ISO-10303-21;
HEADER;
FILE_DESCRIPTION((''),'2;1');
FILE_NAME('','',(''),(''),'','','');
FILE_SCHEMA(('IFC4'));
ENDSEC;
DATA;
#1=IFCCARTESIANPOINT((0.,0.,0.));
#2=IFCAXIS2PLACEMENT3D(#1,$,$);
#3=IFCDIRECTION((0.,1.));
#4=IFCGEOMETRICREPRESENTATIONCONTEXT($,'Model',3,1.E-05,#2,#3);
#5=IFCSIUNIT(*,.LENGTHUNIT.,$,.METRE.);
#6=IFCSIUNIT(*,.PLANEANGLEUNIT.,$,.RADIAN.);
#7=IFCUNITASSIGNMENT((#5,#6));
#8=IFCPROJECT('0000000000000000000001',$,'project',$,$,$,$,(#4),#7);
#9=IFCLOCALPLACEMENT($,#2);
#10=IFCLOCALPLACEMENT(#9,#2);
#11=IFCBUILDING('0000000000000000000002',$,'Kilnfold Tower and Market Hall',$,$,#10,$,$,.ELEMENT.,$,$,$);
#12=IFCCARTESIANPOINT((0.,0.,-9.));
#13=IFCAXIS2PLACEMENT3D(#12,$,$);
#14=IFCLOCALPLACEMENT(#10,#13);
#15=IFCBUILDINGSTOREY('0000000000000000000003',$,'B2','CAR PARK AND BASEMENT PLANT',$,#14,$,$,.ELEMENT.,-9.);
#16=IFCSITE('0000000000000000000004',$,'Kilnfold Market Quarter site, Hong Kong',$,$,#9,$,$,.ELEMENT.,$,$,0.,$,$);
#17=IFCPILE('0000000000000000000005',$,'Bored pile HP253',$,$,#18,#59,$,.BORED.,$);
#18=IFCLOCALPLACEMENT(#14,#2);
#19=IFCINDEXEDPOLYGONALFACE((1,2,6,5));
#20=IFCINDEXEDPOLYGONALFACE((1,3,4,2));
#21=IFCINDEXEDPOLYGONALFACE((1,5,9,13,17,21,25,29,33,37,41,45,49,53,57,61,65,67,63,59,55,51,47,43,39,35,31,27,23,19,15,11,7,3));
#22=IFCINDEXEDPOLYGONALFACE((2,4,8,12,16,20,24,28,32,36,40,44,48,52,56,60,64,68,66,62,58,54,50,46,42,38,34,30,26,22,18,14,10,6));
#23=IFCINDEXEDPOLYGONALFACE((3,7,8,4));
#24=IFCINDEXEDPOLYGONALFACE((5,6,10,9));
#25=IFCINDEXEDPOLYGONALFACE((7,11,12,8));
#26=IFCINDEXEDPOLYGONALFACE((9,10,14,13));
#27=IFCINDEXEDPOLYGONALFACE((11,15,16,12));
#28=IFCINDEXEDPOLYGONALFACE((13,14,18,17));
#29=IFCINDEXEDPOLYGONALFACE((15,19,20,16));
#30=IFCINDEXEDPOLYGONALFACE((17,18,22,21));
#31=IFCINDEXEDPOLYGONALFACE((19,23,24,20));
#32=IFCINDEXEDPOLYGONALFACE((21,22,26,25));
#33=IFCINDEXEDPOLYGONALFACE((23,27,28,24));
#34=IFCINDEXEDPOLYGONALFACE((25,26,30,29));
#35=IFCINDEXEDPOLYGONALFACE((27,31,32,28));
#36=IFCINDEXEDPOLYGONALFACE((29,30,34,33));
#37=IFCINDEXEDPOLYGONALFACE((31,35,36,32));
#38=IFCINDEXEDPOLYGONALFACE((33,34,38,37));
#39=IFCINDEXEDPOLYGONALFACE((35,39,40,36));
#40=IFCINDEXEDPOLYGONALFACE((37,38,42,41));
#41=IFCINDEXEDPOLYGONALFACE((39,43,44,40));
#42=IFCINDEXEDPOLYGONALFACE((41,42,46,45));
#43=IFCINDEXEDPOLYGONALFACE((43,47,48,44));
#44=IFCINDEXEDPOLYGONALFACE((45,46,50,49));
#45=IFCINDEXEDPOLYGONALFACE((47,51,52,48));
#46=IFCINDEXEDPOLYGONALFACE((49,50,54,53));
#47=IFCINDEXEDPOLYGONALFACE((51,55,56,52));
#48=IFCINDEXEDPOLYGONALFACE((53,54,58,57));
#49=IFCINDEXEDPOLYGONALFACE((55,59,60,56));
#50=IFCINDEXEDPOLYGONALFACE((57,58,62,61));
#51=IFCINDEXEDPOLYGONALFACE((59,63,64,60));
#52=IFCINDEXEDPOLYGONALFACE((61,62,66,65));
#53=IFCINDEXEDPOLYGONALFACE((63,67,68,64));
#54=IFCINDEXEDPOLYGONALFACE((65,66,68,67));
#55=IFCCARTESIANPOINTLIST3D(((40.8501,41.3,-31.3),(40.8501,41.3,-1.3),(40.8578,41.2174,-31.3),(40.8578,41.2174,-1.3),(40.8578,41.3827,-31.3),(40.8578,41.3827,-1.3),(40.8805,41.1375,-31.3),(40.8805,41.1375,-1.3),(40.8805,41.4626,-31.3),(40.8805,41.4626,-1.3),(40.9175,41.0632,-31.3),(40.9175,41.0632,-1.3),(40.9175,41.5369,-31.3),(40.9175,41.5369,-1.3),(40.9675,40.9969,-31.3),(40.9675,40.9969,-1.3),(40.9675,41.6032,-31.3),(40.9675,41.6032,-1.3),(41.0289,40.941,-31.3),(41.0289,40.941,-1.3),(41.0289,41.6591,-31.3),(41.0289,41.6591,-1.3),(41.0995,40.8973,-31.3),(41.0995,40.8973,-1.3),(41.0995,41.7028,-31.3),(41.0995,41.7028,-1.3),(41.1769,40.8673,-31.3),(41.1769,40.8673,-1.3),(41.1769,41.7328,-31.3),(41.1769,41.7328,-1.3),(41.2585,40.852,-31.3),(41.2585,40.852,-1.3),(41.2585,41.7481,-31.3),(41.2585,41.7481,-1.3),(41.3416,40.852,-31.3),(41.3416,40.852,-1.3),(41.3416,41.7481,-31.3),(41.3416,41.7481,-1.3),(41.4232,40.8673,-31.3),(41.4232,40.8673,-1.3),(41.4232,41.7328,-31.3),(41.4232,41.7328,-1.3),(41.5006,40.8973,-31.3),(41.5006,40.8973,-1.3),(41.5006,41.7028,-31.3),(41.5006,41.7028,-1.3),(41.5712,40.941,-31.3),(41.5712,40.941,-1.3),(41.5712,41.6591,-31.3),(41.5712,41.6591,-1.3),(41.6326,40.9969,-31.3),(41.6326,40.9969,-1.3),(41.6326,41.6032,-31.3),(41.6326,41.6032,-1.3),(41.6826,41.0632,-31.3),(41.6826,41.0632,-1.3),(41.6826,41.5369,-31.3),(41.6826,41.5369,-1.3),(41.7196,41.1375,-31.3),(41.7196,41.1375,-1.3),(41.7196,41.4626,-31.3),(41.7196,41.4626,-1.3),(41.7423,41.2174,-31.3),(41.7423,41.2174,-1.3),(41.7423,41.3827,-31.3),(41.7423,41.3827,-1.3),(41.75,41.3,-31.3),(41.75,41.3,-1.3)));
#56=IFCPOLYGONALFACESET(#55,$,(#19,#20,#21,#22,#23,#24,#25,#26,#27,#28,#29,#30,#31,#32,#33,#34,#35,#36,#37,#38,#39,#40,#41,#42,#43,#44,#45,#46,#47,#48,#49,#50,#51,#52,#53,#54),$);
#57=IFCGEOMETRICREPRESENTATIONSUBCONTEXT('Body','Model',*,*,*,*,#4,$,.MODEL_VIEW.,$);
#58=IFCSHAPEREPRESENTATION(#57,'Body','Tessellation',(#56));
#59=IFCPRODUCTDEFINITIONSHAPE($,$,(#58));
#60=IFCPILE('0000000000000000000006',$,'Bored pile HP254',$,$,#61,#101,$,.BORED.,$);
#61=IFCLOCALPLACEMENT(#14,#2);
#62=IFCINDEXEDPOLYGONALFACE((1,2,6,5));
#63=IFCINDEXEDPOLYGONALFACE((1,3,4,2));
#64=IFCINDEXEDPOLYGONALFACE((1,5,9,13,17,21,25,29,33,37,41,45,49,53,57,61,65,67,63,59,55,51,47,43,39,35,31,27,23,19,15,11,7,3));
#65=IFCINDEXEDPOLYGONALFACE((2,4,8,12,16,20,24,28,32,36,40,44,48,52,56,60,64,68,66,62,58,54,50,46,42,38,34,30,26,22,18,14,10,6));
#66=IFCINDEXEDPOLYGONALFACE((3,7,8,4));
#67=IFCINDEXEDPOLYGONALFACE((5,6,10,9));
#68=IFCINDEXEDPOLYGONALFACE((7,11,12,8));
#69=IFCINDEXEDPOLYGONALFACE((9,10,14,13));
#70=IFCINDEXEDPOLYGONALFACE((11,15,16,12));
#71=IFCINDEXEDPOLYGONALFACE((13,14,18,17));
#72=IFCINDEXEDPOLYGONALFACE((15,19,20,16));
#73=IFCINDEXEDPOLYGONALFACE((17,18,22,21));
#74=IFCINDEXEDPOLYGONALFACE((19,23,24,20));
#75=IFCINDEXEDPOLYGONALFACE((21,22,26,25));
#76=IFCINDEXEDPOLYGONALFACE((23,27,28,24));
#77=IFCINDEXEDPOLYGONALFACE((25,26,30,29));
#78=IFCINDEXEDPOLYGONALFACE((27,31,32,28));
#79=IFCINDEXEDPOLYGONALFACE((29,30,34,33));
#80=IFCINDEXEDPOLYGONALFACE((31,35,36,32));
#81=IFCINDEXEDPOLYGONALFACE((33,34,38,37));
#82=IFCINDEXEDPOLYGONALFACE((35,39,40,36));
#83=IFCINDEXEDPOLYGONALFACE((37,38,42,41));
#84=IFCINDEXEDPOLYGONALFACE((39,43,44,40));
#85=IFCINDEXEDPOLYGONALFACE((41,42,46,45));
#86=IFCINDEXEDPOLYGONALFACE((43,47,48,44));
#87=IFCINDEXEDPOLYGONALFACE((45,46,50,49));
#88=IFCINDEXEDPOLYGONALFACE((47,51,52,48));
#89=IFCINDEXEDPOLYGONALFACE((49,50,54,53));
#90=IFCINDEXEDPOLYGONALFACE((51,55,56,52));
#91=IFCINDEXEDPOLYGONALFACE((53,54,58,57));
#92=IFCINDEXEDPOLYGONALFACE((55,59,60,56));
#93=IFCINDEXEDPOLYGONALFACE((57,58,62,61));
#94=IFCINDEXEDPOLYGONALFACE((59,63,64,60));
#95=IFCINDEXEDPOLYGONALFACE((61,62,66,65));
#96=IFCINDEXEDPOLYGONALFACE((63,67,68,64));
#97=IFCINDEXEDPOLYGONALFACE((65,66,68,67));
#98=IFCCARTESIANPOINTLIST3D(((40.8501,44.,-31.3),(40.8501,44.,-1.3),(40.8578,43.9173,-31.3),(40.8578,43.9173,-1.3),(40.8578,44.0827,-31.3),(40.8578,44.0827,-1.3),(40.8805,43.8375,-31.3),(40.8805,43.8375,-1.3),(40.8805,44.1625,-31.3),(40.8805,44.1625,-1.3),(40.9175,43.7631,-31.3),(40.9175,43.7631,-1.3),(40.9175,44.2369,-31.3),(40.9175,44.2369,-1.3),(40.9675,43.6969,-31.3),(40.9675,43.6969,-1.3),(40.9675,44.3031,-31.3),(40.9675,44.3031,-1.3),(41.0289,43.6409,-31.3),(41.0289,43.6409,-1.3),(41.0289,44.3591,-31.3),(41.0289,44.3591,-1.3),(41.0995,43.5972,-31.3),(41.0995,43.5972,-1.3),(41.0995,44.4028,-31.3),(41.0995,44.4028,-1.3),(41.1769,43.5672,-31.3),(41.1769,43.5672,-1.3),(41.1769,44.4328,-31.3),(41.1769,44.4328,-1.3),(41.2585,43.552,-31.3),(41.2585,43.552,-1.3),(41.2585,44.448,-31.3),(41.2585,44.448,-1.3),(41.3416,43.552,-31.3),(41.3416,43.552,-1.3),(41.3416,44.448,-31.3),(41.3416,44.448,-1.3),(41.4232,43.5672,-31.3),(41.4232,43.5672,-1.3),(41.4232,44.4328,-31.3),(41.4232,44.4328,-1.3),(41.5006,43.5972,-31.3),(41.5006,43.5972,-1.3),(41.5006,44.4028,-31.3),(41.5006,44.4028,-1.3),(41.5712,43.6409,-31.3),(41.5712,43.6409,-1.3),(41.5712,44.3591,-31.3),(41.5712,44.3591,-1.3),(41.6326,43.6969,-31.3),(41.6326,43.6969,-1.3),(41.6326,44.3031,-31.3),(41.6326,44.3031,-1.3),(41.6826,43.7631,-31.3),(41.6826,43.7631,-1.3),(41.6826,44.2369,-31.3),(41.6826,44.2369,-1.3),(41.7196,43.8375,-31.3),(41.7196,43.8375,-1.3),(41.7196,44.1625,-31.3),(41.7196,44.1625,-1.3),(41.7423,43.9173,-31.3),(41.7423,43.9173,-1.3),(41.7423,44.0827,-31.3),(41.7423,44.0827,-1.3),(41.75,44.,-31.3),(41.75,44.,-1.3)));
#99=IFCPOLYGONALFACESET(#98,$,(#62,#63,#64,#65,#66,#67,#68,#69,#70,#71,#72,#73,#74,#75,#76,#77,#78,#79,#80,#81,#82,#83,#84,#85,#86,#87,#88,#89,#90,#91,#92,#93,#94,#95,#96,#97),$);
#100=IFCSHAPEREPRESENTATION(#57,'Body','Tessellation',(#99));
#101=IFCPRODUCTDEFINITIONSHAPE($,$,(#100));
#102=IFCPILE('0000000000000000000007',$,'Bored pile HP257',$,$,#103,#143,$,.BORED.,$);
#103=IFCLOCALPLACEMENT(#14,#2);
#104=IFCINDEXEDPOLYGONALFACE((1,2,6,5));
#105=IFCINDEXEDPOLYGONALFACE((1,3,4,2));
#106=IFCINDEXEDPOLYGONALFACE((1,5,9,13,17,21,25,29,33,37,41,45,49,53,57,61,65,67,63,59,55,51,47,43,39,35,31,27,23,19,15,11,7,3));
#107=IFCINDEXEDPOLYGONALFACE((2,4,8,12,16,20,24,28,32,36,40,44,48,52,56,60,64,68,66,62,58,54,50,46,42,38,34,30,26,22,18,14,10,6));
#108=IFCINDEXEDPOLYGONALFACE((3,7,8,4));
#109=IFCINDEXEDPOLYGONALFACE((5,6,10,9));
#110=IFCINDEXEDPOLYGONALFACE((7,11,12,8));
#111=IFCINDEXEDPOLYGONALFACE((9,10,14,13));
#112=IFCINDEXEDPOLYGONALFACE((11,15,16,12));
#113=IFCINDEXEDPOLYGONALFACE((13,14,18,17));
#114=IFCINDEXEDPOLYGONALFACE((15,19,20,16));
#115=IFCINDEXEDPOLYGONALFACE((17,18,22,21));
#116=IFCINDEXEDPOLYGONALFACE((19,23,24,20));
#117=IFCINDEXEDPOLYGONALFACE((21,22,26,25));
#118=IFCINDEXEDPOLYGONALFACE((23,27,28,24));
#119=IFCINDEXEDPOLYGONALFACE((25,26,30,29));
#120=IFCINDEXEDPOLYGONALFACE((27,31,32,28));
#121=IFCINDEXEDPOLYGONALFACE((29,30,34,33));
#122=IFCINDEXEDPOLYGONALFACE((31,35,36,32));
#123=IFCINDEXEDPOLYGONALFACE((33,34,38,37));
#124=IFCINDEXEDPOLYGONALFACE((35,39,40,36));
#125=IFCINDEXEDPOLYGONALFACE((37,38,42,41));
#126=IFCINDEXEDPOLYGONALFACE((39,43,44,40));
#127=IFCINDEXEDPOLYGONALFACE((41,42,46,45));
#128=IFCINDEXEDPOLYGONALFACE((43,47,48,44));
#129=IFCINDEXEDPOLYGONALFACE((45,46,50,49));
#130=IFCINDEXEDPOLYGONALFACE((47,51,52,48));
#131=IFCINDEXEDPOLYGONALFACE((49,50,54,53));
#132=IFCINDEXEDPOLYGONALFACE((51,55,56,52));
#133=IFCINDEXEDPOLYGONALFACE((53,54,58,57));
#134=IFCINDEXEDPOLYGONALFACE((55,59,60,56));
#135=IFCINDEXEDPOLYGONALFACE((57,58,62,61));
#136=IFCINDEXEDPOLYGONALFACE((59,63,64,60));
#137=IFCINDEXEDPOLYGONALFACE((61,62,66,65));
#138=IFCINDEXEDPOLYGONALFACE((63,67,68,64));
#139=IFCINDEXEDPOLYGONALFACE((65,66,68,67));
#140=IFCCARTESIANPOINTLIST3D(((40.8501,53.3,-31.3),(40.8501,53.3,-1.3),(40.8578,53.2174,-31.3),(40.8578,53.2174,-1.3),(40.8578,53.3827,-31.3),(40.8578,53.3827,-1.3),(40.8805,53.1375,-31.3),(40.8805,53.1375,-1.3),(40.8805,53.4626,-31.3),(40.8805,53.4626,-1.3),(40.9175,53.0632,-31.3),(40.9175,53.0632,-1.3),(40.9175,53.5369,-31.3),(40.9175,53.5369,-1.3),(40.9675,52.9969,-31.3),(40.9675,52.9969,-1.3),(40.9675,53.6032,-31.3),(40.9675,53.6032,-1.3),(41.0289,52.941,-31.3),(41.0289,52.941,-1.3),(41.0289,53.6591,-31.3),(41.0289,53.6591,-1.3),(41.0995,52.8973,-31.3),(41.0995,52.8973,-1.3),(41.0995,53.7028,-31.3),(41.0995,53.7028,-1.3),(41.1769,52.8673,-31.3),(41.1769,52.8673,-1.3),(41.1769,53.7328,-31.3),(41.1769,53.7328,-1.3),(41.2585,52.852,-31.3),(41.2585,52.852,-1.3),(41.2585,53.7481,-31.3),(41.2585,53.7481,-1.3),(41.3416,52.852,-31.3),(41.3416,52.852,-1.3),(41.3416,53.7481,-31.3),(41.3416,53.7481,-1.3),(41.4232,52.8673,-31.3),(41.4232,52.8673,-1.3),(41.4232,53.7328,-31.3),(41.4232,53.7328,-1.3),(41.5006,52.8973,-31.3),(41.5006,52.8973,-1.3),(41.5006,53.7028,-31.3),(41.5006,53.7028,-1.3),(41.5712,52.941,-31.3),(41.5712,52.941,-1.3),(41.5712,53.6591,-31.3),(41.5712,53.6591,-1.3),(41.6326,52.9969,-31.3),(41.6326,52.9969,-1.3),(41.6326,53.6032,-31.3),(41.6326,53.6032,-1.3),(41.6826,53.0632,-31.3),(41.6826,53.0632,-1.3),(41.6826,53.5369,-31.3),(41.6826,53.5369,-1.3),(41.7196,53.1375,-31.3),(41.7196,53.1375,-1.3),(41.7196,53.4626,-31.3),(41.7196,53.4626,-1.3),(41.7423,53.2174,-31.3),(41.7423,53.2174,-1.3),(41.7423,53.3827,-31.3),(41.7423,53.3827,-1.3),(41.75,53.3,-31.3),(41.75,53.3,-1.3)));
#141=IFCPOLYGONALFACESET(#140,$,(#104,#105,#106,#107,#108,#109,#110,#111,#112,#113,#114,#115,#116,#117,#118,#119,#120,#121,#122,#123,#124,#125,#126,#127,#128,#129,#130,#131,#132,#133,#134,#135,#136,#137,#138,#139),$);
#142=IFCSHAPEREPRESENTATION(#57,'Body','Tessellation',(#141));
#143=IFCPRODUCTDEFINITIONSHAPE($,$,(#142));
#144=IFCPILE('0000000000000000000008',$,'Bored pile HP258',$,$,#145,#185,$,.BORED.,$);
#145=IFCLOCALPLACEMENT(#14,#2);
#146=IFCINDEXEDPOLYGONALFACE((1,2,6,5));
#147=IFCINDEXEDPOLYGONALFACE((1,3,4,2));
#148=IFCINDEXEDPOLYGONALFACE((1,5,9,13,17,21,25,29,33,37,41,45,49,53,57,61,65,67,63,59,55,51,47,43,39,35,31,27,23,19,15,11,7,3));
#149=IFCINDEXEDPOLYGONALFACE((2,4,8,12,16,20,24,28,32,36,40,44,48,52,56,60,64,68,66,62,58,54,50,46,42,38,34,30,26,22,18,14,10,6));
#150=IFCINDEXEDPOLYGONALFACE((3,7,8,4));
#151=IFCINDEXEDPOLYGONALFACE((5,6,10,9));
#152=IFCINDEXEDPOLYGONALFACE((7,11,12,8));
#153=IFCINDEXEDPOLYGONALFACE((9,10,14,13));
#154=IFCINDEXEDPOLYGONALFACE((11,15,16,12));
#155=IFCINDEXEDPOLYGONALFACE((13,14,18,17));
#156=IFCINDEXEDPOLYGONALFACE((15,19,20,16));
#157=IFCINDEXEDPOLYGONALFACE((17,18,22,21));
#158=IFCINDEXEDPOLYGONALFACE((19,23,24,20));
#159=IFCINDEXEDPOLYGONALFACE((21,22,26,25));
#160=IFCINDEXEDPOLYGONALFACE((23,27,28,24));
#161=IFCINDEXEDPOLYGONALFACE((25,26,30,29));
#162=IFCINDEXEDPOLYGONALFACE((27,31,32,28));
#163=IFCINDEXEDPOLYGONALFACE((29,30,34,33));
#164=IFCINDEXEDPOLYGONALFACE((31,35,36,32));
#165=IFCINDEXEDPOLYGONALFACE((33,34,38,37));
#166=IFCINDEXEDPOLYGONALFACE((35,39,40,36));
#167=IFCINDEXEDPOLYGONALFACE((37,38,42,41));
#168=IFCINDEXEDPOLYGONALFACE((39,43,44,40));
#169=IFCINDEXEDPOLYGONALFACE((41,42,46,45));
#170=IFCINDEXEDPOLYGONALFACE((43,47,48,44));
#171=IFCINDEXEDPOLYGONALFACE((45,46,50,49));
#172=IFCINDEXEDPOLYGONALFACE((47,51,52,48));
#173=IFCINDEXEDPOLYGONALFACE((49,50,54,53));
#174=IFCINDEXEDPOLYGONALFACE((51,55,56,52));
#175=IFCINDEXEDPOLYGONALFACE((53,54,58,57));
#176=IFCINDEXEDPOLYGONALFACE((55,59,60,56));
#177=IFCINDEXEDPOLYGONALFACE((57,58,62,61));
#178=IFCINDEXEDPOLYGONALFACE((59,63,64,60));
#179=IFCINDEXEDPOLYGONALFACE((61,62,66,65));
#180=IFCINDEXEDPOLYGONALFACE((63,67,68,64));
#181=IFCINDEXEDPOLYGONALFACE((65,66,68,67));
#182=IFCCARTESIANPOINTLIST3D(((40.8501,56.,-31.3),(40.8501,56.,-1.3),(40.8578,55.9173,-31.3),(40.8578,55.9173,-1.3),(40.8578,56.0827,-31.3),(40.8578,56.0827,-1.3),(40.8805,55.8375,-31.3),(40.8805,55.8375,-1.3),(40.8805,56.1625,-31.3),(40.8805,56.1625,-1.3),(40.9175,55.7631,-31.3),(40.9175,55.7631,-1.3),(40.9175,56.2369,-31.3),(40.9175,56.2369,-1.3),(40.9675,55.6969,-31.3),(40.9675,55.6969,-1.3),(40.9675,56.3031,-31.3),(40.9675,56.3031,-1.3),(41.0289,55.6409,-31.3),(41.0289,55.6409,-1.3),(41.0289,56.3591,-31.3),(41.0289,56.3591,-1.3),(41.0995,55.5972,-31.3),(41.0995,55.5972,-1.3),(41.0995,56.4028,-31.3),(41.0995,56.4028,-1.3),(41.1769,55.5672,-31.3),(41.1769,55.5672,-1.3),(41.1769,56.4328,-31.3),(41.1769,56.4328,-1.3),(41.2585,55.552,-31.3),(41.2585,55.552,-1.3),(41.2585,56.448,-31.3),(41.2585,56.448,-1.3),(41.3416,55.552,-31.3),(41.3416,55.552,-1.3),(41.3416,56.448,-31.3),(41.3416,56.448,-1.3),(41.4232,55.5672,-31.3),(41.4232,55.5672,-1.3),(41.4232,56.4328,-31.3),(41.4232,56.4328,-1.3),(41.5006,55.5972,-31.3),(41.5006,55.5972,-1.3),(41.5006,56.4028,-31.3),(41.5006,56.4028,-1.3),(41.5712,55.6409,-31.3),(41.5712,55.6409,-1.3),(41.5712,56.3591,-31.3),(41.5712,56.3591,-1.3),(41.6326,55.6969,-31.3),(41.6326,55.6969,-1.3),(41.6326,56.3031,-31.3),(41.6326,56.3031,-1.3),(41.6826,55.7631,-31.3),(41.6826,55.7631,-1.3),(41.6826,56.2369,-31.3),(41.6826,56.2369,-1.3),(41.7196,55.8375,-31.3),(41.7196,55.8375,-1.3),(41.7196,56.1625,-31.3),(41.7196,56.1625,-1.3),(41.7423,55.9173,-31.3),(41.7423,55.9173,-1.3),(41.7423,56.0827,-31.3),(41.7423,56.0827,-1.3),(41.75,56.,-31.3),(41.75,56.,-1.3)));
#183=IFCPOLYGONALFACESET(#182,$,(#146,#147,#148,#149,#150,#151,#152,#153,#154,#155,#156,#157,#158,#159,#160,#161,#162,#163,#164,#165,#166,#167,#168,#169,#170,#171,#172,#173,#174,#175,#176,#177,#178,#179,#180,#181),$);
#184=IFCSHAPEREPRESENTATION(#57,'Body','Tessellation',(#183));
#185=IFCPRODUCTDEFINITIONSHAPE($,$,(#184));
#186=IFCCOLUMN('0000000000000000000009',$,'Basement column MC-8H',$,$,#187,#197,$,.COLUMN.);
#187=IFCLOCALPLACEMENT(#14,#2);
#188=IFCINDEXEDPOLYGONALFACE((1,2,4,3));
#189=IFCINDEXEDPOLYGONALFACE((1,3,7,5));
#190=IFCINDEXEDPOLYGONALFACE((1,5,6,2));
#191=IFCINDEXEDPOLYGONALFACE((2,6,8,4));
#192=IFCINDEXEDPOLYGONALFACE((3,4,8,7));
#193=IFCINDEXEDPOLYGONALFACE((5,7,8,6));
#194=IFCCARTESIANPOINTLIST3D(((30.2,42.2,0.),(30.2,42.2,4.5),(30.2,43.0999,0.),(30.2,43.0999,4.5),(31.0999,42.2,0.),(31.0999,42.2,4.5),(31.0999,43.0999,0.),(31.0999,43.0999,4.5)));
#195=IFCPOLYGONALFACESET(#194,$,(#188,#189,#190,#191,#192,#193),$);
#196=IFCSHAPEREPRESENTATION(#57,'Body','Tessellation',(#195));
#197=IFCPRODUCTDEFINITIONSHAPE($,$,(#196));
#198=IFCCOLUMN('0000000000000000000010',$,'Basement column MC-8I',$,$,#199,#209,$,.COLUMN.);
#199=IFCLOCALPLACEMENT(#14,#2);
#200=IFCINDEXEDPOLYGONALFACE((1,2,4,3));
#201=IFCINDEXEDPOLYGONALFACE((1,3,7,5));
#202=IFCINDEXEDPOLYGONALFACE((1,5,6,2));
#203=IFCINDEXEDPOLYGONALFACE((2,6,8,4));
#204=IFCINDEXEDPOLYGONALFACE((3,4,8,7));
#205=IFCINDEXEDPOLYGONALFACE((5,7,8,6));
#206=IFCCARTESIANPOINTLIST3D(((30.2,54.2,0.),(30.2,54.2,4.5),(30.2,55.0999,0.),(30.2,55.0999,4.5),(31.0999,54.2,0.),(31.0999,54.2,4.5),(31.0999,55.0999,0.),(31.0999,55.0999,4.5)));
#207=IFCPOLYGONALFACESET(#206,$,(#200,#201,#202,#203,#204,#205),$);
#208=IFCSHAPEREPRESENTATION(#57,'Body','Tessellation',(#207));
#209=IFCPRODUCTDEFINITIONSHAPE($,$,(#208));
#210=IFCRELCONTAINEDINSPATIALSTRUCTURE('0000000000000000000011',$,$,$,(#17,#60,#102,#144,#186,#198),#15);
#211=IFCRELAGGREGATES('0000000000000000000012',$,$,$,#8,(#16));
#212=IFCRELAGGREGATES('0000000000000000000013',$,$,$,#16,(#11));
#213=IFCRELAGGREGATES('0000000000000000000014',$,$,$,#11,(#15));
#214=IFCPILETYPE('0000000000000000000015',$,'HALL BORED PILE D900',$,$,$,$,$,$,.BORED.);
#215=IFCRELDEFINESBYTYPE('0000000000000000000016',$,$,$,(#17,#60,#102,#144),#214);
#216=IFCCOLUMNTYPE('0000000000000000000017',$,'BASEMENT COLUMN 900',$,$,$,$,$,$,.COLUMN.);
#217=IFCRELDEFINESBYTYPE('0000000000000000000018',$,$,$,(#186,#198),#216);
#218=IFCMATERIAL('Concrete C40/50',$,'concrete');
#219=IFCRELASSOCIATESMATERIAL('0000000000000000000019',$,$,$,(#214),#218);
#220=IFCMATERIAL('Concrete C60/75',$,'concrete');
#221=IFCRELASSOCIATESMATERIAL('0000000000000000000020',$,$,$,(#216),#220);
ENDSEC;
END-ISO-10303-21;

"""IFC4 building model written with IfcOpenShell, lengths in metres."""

from ifc_helpers import new_model, si_unit, direction, frame, origin, origin_2d, place, context, subcontext, project, spatial, rectangle, circle, extrude, source, transform, mapped, material, material_profile, profile_set, type_object, element, save


model = new_model("IFC4")

# Units and contexts
model_context = context("Model", 3, precision=1e-05, world=origin(), true_north=direction((0.0, 1.0)))
body_context = subcontext(model_context, "Body", "Model", "MODEL_VIEW")
ifc_project = project(units=[si_unit("LENGTHUNIT", "METRE"), si_unit("PLANEANGLEUNIT", "RADIAN")], contexts=[model_context])

# Site, building, storey
site_placement = place(None, origin())
site = spatial("IfcSite", under=ifc_project, at=site_placement, Name="Kilnfold Market Quarter site, Hong Kong", CompositionType="ELEMENT", RefElevation=0.0)
building_placement = place(site_placement, origin())
building = spatial("IfcBuilding", under=site, at=building_placement, Name="Kilnfold Tower and Market Hall", CompositionType="ELEMENT")
storey_placement = place(building_placement, frame((0.0, 0.0, -9.0)))
storey = spatial("IfcBuildingStorey", under=building, at=storey_placement, Name="B2", Description="CAR PARK AND BASEMENT PLANT", CompositionType="ELEMENT", Elevation=-9.0)

# Piles
ifc_material_1 = material(Name="Concrete C40/50", Category="concrete")
ifc_material_profile_1 = material_profile(ifc_material_1, circle(Radius=0.45, at=origin_2d()), Name="D900")
ifc_profile_set_1 = profile_set([ifc_material_profile_1], Name="Concrete C40/50")
pile_type = type_object("IfcPileType", Name="HALL BORED PILE D900", PredefinedType="BORED", material=ifc_profile_set_1)
shared_shape_1 = source(origin(), body_context, "Body", "SweptSolid", [
    extrude(circle(Radius=0.45, at=origin_2d()), origin(), (0.0, 0.0, 1.0), 30.0),
])
for number, where, z_axis, x_axis, name in (
    (1, (41.3, 41.3, -1.3), (0.0, 0.0, -1.0), (1.0, 0.0, 0.0), "Bored pile HP253"),
    (2, (41.3, 44.0, -1.3), (0.0, 0.0, -1.0), (1.0, 0.0, 0.0), "Bored pile HP254"),
    (3, (41.3, 53.3, -1.3), (0.0, 0.0, -1.0), (1.0, 0.0, 0.0), "Bored pile HP257"),
    (4, (41.3, 56.0, -1.3), (0.0, 0.0, -1.0), (1.0, 0.0, 0.0), "Bored pile HP258"),
):
    element("IfcPile", number, at=place(storey_placement, frame(where, z_axis=z_axis, x_axis=x_axis)), inside=storey, type_object=pile_type, Name=name, PredefinedType="BORED", context=body_context, shape_type="MappedRepresentation", body=[
        mapped(shared_shape_1, transform((0.0, 0.0, 0.0))),
    ])

# Columns
ifc_material_2 = material(Name="Concrete C60/75", Category="concrete")
ifc_material_profile_2 = material_profile(ifc_material_2, rectangle(XDim=0.8999, YDim=0.8999, at=origin_2d()), Name="RC 900x900")
ifc_profile_set_2 = profile_set([ifc_material_profile_2], Name="Concrete C60/75")
column_type = type_object("IfcColumnType", Name="BASEMENT COLUMN 900", PredefinedType="COLUMN", material=ifc_profile_set_2)
shared_shape_2 = source(origin(), body_context, "Body", "SweptSolid", [
    extrude(rectangle(XDim=0.8999, YDim=0.8999, at=origin_2d()), origin(), (0.0, 0.0, 1.0), 4.5),
])
for number, where, z_axis, x_axis, name in (
    (5, (30.6499, 42.6499, 0.0), (0.0, 0.0, 1.0), (1.0, 0.0, 0.0), "Basement column MC-8H"),
    (6, (30.6499, 54.6499, 0.0), (0.0, 0.0, 1.0), (1.0, 0.0, 0.0), "Basement column MC-8I"),
):
    element("IfcColumn", number, at=place(storey_placement, frame(where, z_axis=z_axis, x_axis=x_axis)), inside=storey, type_object=column_type, Name=name, PredefinedType="COLUMN", context=body_context, shape_type="MappedRepresentation", body=[
        mapped(shared_shape_2, transform((0.0, 0.0, 0.0))),
    ])

save(model, "model.ifc")
